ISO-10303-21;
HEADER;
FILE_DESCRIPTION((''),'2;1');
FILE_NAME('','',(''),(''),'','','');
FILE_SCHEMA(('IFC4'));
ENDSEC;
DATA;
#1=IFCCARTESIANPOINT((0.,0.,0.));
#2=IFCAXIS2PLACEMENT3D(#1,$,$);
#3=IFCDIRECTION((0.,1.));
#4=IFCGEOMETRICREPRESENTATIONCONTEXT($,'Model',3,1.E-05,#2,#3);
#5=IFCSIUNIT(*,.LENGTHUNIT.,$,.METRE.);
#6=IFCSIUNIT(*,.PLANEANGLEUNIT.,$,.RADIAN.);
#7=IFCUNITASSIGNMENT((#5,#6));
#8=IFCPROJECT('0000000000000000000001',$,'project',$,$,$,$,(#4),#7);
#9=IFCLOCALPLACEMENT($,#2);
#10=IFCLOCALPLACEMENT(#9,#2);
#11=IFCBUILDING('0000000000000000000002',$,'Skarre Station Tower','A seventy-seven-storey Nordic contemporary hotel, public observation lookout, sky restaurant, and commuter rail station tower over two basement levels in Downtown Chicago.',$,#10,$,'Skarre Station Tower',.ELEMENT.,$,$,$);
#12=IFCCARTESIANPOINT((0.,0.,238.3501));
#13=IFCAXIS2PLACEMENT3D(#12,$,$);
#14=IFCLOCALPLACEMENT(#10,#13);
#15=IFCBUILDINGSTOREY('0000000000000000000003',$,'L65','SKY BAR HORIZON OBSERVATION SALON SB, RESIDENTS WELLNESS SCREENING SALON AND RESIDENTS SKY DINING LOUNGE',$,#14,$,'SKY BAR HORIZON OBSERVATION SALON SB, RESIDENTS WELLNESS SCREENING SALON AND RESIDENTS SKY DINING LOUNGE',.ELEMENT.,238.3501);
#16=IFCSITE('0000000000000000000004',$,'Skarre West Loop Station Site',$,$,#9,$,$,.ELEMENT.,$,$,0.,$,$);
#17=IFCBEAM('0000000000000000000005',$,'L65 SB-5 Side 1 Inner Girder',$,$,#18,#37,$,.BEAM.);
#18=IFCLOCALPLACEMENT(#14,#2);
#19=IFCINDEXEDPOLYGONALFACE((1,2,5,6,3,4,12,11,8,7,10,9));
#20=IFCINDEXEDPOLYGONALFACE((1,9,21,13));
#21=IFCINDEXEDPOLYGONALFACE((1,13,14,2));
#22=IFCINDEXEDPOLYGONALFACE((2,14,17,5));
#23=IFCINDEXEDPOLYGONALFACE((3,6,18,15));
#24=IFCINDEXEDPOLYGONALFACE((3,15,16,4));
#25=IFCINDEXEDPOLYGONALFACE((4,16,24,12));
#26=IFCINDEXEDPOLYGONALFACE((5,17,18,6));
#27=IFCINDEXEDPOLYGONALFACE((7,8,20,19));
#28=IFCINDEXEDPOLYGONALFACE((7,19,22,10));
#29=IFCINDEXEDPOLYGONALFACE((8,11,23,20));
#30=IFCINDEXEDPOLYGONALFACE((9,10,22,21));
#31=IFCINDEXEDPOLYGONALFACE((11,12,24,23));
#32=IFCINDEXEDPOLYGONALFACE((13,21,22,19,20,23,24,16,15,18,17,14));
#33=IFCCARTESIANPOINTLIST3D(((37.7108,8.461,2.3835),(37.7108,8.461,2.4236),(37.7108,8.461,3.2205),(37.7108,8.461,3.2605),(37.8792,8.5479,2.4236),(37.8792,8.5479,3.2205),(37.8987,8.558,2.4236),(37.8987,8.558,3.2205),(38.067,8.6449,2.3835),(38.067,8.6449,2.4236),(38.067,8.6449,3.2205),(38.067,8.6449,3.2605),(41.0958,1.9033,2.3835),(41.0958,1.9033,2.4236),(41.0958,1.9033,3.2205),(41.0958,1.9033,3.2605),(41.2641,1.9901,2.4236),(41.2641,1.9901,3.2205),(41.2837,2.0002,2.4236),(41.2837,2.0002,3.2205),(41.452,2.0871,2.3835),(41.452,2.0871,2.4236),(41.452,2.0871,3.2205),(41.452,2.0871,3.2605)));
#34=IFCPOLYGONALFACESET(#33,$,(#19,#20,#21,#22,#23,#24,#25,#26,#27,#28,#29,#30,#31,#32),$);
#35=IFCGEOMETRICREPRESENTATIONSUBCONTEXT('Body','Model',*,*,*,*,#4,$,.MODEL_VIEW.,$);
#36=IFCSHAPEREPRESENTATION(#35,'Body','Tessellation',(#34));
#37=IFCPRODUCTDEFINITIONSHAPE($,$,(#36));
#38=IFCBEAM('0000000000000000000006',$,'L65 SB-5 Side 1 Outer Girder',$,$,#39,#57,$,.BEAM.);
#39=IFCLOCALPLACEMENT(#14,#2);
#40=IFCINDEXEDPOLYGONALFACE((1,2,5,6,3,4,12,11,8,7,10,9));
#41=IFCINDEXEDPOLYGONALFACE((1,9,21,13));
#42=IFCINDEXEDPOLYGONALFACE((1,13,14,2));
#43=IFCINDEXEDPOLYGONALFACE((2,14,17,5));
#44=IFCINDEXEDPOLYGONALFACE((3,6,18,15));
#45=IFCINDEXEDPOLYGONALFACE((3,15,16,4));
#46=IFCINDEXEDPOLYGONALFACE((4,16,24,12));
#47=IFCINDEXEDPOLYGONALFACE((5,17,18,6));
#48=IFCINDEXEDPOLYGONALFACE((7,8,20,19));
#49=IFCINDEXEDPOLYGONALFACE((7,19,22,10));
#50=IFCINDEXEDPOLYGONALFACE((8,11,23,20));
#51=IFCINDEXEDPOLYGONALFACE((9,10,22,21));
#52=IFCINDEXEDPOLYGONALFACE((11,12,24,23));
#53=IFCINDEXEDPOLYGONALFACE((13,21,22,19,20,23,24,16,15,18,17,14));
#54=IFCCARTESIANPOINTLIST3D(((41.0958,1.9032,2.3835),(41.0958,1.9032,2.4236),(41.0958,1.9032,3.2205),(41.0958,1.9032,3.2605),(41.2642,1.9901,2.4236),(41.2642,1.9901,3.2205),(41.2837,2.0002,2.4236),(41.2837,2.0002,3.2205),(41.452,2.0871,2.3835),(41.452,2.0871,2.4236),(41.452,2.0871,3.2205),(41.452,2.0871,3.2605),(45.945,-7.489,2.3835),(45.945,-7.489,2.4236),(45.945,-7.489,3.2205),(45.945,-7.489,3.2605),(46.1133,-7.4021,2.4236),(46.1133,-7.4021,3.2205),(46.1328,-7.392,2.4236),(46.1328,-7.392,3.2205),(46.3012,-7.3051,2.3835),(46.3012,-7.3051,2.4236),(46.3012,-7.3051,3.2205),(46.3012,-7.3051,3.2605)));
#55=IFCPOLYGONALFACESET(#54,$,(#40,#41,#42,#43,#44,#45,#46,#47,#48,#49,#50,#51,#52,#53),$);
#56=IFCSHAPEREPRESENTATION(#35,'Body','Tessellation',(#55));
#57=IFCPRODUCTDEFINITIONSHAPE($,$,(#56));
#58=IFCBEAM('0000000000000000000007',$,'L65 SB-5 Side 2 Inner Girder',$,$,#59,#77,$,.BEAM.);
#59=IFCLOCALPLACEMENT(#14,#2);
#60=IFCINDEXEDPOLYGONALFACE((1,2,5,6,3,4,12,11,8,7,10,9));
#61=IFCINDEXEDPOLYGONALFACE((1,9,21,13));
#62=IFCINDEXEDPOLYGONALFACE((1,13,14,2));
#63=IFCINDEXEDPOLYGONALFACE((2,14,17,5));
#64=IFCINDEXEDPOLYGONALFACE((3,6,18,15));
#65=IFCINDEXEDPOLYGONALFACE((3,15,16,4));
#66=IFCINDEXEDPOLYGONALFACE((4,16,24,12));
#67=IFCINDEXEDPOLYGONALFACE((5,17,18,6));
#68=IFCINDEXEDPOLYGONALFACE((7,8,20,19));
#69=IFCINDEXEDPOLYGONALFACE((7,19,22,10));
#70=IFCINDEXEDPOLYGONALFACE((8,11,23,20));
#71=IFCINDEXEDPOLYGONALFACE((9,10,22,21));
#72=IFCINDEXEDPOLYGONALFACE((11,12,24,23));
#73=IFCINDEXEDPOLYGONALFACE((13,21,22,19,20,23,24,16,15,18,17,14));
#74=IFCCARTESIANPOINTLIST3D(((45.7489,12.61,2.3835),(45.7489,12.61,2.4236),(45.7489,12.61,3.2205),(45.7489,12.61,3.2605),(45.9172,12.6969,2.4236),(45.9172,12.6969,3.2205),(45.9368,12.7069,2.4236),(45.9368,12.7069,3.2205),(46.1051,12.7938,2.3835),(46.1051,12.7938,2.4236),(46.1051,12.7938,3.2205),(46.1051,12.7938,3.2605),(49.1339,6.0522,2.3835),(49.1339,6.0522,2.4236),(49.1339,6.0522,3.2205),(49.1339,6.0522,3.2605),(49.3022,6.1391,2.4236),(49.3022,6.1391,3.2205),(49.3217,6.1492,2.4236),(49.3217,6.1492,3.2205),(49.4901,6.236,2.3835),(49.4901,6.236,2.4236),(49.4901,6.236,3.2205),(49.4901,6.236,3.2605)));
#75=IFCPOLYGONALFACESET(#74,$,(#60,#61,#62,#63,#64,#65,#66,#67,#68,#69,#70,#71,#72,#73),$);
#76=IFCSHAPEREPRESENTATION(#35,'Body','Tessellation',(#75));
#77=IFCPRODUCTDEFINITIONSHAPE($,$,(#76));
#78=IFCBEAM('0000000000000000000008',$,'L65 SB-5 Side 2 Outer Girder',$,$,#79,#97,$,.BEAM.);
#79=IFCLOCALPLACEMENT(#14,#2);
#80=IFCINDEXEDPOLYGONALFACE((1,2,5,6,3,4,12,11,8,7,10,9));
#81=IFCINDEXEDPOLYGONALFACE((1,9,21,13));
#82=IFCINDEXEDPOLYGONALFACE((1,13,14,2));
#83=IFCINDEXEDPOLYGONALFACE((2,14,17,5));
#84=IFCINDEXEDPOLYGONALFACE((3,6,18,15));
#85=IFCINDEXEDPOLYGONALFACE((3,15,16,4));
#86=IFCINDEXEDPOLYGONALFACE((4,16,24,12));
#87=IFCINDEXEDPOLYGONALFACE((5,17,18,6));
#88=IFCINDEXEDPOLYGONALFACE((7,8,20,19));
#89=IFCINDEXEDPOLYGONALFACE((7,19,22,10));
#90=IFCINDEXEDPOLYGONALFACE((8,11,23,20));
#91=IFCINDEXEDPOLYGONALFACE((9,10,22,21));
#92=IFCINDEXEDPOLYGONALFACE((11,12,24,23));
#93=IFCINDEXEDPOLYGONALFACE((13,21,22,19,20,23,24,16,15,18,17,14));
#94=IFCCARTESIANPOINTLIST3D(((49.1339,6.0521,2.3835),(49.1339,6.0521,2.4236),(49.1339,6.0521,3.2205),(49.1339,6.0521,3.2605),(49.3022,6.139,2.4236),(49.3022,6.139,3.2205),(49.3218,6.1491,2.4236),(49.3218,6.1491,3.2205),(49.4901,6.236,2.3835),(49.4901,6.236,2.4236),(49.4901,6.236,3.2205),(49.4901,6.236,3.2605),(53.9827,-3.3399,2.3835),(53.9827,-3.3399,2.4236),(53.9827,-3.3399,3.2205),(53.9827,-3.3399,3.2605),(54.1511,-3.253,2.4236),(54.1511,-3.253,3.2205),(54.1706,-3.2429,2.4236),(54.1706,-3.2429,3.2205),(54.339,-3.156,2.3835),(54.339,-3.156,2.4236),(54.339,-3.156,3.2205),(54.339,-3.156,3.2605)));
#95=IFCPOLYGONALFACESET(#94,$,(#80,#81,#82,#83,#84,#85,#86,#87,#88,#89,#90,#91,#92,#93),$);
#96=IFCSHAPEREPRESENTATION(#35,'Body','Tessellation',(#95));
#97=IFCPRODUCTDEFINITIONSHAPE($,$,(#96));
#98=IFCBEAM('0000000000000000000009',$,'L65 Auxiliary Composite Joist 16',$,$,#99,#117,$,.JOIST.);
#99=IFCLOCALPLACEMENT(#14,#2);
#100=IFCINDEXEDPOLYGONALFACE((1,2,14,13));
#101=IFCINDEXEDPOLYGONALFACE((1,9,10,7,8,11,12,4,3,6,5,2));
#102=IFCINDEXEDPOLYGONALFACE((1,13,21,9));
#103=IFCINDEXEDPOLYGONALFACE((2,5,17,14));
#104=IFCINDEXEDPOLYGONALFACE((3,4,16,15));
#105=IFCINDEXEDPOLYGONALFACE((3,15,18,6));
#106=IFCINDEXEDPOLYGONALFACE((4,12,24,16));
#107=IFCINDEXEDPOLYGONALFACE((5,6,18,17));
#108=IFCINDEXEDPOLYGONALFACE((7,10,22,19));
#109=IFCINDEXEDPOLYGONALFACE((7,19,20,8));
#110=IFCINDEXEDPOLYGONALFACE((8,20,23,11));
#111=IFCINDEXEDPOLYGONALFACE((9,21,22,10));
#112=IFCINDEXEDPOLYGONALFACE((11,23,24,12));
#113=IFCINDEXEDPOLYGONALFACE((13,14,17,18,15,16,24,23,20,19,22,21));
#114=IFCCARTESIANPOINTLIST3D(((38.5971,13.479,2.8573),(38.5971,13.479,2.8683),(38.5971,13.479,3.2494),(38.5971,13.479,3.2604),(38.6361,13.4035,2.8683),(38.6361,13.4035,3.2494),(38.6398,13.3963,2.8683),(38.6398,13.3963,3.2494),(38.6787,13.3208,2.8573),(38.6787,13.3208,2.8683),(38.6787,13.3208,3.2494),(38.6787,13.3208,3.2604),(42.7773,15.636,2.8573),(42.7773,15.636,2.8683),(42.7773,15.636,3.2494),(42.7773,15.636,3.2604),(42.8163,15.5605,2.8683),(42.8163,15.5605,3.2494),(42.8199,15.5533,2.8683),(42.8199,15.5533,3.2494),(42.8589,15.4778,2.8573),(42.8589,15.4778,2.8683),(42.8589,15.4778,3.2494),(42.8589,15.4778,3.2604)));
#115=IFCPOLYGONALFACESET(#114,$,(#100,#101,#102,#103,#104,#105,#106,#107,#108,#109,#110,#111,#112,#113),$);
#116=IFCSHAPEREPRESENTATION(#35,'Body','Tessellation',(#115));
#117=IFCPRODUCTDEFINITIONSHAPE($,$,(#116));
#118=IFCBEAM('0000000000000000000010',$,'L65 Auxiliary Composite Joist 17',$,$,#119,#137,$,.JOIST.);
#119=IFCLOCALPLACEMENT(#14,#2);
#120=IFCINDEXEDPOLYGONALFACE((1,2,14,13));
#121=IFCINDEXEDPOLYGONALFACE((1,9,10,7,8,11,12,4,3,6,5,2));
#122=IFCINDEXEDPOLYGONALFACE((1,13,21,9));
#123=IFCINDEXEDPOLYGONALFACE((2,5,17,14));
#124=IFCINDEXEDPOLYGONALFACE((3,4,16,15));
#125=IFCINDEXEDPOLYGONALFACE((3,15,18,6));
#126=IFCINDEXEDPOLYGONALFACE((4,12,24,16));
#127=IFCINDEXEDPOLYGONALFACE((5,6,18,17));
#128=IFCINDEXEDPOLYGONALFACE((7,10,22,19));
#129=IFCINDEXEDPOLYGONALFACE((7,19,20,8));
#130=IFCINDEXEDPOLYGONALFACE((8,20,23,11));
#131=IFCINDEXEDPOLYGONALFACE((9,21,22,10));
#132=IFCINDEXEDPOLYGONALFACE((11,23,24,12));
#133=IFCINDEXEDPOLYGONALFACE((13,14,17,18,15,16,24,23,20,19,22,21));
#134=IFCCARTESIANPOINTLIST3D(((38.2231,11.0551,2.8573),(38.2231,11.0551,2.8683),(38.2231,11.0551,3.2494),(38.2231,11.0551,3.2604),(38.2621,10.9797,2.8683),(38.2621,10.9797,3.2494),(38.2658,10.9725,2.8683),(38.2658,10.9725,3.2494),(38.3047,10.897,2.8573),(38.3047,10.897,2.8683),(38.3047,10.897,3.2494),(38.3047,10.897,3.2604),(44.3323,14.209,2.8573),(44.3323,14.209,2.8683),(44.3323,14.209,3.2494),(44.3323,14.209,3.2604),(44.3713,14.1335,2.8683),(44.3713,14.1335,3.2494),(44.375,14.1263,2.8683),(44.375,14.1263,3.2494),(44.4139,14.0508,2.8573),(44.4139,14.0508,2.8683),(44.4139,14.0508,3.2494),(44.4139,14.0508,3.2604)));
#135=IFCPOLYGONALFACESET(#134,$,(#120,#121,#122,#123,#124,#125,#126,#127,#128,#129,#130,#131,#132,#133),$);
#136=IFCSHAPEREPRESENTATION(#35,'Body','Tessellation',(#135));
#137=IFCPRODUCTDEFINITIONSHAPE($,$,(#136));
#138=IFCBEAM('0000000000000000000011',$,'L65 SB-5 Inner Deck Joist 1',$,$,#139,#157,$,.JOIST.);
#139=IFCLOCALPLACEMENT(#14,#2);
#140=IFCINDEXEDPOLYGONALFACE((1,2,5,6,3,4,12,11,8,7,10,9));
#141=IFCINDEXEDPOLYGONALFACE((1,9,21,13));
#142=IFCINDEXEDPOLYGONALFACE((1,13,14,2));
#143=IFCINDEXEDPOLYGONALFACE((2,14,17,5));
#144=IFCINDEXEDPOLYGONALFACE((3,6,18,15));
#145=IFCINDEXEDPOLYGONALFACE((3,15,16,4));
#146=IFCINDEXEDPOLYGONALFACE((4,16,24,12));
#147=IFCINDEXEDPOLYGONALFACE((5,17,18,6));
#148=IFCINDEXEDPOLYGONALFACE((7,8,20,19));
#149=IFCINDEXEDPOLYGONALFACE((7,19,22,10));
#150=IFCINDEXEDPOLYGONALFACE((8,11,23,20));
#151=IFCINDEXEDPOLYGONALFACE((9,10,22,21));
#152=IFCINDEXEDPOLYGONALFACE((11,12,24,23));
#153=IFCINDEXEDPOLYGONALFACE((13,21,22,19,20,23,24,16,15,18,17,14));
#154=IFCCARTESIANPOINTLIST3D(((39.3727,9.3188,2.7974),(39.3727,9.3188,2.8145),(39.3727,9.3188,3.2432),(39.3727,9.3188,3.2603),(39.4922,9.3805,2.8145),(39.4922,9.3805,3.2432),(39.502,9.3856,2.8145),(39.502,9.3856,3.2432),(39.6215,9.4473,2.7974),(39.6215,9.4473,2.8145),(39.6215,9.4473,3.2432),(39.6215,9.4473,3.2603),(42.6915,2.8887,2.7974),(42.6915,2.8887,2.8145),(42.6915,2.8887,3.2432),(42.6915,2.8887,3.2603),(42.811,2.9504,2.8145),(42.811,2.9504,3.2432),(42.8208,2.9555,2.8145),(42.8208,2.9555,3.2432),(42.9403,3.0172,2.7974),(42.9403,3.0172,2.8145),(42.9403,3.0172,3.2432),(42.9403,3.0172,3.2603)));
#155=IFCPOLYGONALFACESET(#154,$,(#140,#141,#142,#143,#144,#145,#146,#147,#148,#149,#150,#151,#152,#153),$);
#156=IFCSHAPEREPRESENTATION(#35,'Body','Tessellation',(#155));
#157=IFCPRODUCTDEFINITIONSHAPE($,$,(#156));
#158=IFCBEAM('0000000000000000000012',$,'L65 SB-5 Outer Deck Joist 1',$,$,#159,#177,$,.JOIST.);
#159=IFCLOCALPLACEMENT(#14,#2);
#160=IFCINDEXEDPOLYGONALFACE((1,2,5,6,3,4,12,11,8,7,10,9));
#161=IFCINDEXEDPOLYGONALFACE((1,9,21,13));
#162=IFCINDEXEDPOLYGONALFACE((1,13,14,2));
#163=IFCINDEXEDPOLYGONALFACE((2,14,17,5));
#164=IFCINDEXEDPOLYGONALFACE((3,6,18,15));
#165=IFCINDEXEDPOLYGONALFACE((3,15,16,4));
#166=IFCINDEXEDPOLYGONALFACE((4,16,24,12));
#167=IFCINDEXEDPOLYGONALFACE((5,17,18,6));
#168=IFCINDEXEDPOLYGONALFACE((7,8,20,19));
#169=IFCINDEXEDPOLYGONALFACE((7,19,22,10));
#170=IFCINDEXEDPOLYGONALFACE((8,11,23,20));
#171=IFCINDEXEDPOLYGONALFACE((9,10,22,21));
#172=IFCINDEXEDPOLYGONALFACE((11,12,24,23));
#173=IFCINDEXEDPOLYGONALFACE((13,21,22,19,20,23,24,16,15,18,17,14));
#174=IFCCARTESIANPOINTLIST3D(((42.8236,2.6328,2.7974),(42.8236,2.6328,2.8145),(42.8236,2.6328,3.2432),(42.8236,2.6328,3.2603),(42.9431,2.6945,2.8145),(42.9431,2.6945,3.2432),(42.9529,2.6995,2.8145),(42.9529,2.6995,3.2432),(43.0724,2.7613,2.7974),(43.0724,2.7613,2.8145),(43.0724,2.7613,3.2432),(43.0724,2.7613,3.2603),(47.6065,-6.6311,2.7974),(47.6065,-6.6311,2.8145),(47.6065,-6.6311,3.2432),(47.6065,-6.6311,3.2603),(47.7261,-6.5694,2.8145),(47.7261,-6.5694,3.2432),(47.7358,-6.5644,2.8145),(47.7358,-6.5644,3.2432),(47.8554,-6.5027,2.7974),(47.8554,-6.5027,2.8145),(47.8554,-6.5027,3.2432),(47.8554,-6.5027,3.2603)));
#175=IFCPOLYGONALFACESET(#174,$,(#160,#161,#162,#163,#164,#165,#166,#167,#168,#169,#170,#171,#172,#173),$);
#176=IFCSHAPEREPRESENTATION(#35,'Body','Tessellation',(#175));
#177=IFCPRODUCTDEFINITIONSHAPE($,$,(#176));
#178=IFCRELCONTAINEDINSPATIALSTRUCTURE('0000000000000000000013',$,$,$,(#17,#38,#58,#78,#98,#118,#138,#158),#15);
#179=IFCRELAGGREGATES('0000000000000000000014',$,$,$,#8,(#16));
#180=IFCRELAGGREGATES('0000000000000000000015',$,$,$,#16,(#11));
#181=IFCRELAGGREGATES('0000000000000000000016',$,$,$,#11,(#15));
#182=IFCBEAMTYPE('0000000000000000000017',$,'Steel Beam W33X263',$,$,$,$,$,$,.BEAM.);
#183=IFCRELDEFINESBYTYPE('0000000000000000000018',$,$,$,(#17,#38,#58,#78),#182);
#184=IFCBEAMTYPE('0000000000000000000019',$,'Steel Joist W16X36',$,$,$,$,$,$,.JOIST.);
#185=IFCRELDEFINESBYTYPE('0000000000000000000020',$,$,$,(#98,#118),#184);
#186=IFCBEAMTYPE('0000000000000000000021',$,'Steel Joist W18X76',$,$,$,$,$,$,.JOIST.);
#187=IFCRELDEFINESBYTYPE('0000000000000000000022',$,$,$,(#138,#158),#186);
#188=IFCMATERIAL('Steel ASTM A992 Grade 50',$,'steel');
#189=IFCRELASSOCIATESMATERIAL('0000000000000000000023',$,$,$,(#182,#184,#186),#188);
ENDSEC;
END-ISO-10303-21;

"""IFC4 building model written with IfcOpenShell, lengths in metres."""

from ifc_helpers import new_model, si_unit, direction, frame, origin, origin_2d, place, context, subcontext, project, spatial, i_section, extrude, material, material_profile, profile_set, type_object, element, save


model = new_model("IFC4")

# Units and contexts
model_context = context("Model", 3, precision=1e-05, world=origin(), true_north=direction((0.0, 1.0)))
body_context = subcontext(model_context, "Body", "Model", "MODEL_VIEW")
ifc_project = project(units=[si_unit("LENGTHUNIT", "METRE"), si_unit("PLANEANGLEUNIT", "RADIAN")], contexts=[model_context])

# Site, building, storey
site_placement = place(None, origin())
site = spatial("IfcSite", under=ifc_project, at=site_placement, Name="Skarre West Loop Station Site", CompositionType="ELEMENT", RefElevation=0.0)
building_placement = place(site_placement, origin())
building = spatial("IfcBuilding", under=site, at=building_placement, Name="Skarre Station Tower", Description="A seventy-seven-storey Nordic contemporary hotel, public observation lookout, sky restaurant, and commuter rail station tower over two basement levels in Downtown Chicago.", LongName="Skarre Station Tower", CompositionType="ELEMENT")
storey_placement = place(building_placement, frame((0.0, 0.0, 238.3501)))
storey = spatial("IfcBuildingStorey", under=building, at=storey_placement, Name="L65", Description="SKY BAR HORIZON OBSERVATION SALON SB, RESIDENTS WELLNESS SCREENING SALON AND RESIDENTS SKY DINING LOUNGE", LongName="SKY BAR HORIZON OBSERVATION SALON SB, RESIDENTS WELLNESS SCREENING SALON AND RESIDENTS SKY DINING LOUNGE", CompositionType="ELEMENT", Elevation=238.3501)

# Beams
ifc_material_1 = material(Name="Steel ASTM A992 Grade 50", Category="steel")
ifc_material_profile_1 = material_profile(ifc_material_1, i_section(OverallWidth=0.4009, OverallDepth=0.877, WebThickness=0.022, FlangeThickness=0.04, at=origin_2d()), Name="Steel ASTM A992 Grade 50")
ifc_profile_set_1 = profile_set([ifc_material_profile_1], Name="Steel ASTM A992 Grade 50")
beam_type_1 = type_object("IfcBeamType", Name="Steel Beam W33X263", PredefinedType="BEAM", material=ifc_profile_set_1)
beam_1_placement = place(storey_placement, frame((37.8889, 8.553, 2.822), z_axis=(0.458676, -0.888604, 0.0), x_axis=(0.888604, 0.458676, 0.0)))
element("IfcBeam", 1, at=beam_1_placement, inside=storey, type_object=beam_type_1, Name="L65 SB-5 Side 1 Inner Girder", PredefinedType="BEAM", context=body_context, shape_type="SweptSolid", body=[
    extrude(i_section(OverallWidth=0.4009, OverallDepth=0.877, WebThickness=0.022, FlangeThickness=0.04, at=origin_2d()), origin(), (0.0, 0.0, 1.0), 7.3799),
])
beam_2_placement = place(storey_placement, frame((41.2739, 1.9951, 2.822), z_axis=(0.458762, -0.888559, 0.0), x_axis=(0.888559, 0.458762, 0.0)))
element("IfcBeam", 2, at=beam_2_placement, inside=storey, type_object=beam_type_1, Name="L65 SB-5 Side 1 Outer Girder", PredefinedType="BEAM", context=body_context, shape_type="SweptSolid", body=[
    extrude(i_section(OverallWidth=0.4009, OverallDepth=0.877, WebThickness=0.022, FlangeThickness=0.04, at=origin_2d()), origin(), (0.0, 0.0, 1.0), 10.5701),
])
beam_3_placement = place(storey_placement, frame((45.927, 12.7019, 2.822), z_axis=(0.458676, -0.888604, 0.0), x_axis=(0.888604, 0.458676, 0.0)))
element("IfcBeam", 3, at=beam_3_placement, inside=storey, type_object=beam_type_1, Name="L65 SB-5 Side 2 Inner Girder", PredefinedType="BEAM", context=body_context, shape_type="SweptSolid", body=[
    extrude(i_section(OverallWidth=0.4009, OverallDepth=0.877, WebThickness=0.022, FlangeThickness=0.04, at=origin_2d()), origin(), (0.0, 0.0, 1.0), 7.3799),
])
beam_4_placement = place(storey_placement, frame((49.312, 6.144, 2.822), z_axis=(0.458744, -0.888569, 0.0), x_axis=(0.888569, 0.458744, 0.0)))
element("IfcBeam", 4, at=beam_4_placement, inside=storey, type_object=beam_type_1, Name="L65 SB-5 Side 2 Outer Girder", PredefinedType="BEAM", context=body_context, shape_type="SweptSolid", body=[
    extrude(i_section(OverallWidth=0.4009, OverallDepth=0.877, WebThickness=0.022, FlangeThickness=0.04, at=origin_2d()), origin(), (0.0, 0.0, 1.0), 10.5698),
])
ifc_material_profile_2 = material_profile(ifc_material_1, i_section(OverallWidth=0.178, OverallDepth=0.4031, WebThickness=0.0081, FlangeThickness=0.011, at=origin_2d()), Name="Steel ASTM A992 Grade 50")
ifc_profile_set_2 = profile_set([ifc_material_profile_2], Name="Steel ASTM A992 Grade 50")
beam_type_2 = type_object("IfcBeamType", Name="Steel Joist W16X36", PredefinedType="JOIST", material=ifc_profile_set_2)
beam_5_placement = place(storey_placement, frame((38.6379, 13.3999, 3.0588), z_axis=(0.888666, 0.458554, 0.0), x_axis=(-0.458554, 0.888666, 0.0)))
element("IfcBeam", 5, at=beam_5_placement, inside=storey, type_object=beam_type_2, Name="L65 Auxiliary Composite Joist 16", PredefinedType="JOIST", context=body_context, shape_type="SweptSolid", body=[
    extrude(i_section(OverallWidth=0.178, OverallDepth=0.4031, WebThickness=0.0081, FlangeThickness=0.011, at=origin_2d()), origin(), (0.0, 0.0, 1.0), 4.7039),
])
beam_6_placement = place(storey_placement, frame((38.2639, 10.9761, 3.0588), z_axis=(0.888579, 0.458724, 0.0), x_axis=(-0.458724, 0.888579, 0.0)))
element("IfcBeam", 6, at=beam_6_placement, inside=storey, type_object=beam_type_2, Name="L65 Auxiliary Composite Joist 17", PredefinedType="JOIST", context=body_context, shape_type="SweptSolid", body=[
    extrude(i_section(OverallWidth=0.178, OverallDepth=0.4031, WebThickness=0.0081, FlangeThickness=0.011, at=origin_2d()), origin(), (0.0, 0.0, 1.0), 6.8752),
])
ifc_material_profile_3 = material_profile(ifc_material_1, i_section(OverallWidth=0.28, OverallDepth=0.4629, WebThickness=0.011, FlangeThickness=0.0171, at=origin_2d()), Name="Steel ASTM A992 Grade 50")
ifc_profile_set_3 = profile_set([ifc_material_profile_3], Name="Steel ASTM A992 Grade 50")
beam_type_3 = type_object("IfcBeamType", Name="Steel Joist W18X76", PredefinedType="JOIST", material=ifc_profile_set_3)
beam_7_placement = place(storey_placement, frame((39.4971, 9.3831, 3.0288), z_axis=(0.458648, -0.888618, 0.0), x_axis=(0.888618, 0.458648, 0.0)))
element("IfcBeam", 7, at=beam_7_placement, inside=storey, type_object=beam_type_3, Name="L65 SB-5 Inner Deck Joist 1", PredefinedType="JOIST", context=body_context, shape_type="SweptSolid", body=[
    extrude(i_section(OverallWidth=0.28, OverallDepth=0.4629, WebThickness=0.011, FlangeThickness=0.0171, at=origin_2d()), origin(), (0.0, 0.0, 1.0), 7.2361),
])
beam_8_placement = place(storey_placement, frame((42.948, 2.697, 3.0288), z_axis=(0.458763, -0.888559, 0.0), x_axis=(0.888559, 0.458763, 0.0)))
element("IfcBeam", 8, at=beam_8_placement, inside=storey, type_object=beam_type_3, Name="L65 SB-5 Outer Deck Joist 1", PredefinedType="JOIST", context=body_context, shape_type="SweptSolid", body=[
    extrude(i_section(OverallWidth=0.28, OverallDepth=0.4629, WebThickness=0.011, FlangeThickness=0.0171, at=origin_2d()), origin(), (0.0, 0.0, 1.0), 10.4258),
])

save(model, "model.ifc")
